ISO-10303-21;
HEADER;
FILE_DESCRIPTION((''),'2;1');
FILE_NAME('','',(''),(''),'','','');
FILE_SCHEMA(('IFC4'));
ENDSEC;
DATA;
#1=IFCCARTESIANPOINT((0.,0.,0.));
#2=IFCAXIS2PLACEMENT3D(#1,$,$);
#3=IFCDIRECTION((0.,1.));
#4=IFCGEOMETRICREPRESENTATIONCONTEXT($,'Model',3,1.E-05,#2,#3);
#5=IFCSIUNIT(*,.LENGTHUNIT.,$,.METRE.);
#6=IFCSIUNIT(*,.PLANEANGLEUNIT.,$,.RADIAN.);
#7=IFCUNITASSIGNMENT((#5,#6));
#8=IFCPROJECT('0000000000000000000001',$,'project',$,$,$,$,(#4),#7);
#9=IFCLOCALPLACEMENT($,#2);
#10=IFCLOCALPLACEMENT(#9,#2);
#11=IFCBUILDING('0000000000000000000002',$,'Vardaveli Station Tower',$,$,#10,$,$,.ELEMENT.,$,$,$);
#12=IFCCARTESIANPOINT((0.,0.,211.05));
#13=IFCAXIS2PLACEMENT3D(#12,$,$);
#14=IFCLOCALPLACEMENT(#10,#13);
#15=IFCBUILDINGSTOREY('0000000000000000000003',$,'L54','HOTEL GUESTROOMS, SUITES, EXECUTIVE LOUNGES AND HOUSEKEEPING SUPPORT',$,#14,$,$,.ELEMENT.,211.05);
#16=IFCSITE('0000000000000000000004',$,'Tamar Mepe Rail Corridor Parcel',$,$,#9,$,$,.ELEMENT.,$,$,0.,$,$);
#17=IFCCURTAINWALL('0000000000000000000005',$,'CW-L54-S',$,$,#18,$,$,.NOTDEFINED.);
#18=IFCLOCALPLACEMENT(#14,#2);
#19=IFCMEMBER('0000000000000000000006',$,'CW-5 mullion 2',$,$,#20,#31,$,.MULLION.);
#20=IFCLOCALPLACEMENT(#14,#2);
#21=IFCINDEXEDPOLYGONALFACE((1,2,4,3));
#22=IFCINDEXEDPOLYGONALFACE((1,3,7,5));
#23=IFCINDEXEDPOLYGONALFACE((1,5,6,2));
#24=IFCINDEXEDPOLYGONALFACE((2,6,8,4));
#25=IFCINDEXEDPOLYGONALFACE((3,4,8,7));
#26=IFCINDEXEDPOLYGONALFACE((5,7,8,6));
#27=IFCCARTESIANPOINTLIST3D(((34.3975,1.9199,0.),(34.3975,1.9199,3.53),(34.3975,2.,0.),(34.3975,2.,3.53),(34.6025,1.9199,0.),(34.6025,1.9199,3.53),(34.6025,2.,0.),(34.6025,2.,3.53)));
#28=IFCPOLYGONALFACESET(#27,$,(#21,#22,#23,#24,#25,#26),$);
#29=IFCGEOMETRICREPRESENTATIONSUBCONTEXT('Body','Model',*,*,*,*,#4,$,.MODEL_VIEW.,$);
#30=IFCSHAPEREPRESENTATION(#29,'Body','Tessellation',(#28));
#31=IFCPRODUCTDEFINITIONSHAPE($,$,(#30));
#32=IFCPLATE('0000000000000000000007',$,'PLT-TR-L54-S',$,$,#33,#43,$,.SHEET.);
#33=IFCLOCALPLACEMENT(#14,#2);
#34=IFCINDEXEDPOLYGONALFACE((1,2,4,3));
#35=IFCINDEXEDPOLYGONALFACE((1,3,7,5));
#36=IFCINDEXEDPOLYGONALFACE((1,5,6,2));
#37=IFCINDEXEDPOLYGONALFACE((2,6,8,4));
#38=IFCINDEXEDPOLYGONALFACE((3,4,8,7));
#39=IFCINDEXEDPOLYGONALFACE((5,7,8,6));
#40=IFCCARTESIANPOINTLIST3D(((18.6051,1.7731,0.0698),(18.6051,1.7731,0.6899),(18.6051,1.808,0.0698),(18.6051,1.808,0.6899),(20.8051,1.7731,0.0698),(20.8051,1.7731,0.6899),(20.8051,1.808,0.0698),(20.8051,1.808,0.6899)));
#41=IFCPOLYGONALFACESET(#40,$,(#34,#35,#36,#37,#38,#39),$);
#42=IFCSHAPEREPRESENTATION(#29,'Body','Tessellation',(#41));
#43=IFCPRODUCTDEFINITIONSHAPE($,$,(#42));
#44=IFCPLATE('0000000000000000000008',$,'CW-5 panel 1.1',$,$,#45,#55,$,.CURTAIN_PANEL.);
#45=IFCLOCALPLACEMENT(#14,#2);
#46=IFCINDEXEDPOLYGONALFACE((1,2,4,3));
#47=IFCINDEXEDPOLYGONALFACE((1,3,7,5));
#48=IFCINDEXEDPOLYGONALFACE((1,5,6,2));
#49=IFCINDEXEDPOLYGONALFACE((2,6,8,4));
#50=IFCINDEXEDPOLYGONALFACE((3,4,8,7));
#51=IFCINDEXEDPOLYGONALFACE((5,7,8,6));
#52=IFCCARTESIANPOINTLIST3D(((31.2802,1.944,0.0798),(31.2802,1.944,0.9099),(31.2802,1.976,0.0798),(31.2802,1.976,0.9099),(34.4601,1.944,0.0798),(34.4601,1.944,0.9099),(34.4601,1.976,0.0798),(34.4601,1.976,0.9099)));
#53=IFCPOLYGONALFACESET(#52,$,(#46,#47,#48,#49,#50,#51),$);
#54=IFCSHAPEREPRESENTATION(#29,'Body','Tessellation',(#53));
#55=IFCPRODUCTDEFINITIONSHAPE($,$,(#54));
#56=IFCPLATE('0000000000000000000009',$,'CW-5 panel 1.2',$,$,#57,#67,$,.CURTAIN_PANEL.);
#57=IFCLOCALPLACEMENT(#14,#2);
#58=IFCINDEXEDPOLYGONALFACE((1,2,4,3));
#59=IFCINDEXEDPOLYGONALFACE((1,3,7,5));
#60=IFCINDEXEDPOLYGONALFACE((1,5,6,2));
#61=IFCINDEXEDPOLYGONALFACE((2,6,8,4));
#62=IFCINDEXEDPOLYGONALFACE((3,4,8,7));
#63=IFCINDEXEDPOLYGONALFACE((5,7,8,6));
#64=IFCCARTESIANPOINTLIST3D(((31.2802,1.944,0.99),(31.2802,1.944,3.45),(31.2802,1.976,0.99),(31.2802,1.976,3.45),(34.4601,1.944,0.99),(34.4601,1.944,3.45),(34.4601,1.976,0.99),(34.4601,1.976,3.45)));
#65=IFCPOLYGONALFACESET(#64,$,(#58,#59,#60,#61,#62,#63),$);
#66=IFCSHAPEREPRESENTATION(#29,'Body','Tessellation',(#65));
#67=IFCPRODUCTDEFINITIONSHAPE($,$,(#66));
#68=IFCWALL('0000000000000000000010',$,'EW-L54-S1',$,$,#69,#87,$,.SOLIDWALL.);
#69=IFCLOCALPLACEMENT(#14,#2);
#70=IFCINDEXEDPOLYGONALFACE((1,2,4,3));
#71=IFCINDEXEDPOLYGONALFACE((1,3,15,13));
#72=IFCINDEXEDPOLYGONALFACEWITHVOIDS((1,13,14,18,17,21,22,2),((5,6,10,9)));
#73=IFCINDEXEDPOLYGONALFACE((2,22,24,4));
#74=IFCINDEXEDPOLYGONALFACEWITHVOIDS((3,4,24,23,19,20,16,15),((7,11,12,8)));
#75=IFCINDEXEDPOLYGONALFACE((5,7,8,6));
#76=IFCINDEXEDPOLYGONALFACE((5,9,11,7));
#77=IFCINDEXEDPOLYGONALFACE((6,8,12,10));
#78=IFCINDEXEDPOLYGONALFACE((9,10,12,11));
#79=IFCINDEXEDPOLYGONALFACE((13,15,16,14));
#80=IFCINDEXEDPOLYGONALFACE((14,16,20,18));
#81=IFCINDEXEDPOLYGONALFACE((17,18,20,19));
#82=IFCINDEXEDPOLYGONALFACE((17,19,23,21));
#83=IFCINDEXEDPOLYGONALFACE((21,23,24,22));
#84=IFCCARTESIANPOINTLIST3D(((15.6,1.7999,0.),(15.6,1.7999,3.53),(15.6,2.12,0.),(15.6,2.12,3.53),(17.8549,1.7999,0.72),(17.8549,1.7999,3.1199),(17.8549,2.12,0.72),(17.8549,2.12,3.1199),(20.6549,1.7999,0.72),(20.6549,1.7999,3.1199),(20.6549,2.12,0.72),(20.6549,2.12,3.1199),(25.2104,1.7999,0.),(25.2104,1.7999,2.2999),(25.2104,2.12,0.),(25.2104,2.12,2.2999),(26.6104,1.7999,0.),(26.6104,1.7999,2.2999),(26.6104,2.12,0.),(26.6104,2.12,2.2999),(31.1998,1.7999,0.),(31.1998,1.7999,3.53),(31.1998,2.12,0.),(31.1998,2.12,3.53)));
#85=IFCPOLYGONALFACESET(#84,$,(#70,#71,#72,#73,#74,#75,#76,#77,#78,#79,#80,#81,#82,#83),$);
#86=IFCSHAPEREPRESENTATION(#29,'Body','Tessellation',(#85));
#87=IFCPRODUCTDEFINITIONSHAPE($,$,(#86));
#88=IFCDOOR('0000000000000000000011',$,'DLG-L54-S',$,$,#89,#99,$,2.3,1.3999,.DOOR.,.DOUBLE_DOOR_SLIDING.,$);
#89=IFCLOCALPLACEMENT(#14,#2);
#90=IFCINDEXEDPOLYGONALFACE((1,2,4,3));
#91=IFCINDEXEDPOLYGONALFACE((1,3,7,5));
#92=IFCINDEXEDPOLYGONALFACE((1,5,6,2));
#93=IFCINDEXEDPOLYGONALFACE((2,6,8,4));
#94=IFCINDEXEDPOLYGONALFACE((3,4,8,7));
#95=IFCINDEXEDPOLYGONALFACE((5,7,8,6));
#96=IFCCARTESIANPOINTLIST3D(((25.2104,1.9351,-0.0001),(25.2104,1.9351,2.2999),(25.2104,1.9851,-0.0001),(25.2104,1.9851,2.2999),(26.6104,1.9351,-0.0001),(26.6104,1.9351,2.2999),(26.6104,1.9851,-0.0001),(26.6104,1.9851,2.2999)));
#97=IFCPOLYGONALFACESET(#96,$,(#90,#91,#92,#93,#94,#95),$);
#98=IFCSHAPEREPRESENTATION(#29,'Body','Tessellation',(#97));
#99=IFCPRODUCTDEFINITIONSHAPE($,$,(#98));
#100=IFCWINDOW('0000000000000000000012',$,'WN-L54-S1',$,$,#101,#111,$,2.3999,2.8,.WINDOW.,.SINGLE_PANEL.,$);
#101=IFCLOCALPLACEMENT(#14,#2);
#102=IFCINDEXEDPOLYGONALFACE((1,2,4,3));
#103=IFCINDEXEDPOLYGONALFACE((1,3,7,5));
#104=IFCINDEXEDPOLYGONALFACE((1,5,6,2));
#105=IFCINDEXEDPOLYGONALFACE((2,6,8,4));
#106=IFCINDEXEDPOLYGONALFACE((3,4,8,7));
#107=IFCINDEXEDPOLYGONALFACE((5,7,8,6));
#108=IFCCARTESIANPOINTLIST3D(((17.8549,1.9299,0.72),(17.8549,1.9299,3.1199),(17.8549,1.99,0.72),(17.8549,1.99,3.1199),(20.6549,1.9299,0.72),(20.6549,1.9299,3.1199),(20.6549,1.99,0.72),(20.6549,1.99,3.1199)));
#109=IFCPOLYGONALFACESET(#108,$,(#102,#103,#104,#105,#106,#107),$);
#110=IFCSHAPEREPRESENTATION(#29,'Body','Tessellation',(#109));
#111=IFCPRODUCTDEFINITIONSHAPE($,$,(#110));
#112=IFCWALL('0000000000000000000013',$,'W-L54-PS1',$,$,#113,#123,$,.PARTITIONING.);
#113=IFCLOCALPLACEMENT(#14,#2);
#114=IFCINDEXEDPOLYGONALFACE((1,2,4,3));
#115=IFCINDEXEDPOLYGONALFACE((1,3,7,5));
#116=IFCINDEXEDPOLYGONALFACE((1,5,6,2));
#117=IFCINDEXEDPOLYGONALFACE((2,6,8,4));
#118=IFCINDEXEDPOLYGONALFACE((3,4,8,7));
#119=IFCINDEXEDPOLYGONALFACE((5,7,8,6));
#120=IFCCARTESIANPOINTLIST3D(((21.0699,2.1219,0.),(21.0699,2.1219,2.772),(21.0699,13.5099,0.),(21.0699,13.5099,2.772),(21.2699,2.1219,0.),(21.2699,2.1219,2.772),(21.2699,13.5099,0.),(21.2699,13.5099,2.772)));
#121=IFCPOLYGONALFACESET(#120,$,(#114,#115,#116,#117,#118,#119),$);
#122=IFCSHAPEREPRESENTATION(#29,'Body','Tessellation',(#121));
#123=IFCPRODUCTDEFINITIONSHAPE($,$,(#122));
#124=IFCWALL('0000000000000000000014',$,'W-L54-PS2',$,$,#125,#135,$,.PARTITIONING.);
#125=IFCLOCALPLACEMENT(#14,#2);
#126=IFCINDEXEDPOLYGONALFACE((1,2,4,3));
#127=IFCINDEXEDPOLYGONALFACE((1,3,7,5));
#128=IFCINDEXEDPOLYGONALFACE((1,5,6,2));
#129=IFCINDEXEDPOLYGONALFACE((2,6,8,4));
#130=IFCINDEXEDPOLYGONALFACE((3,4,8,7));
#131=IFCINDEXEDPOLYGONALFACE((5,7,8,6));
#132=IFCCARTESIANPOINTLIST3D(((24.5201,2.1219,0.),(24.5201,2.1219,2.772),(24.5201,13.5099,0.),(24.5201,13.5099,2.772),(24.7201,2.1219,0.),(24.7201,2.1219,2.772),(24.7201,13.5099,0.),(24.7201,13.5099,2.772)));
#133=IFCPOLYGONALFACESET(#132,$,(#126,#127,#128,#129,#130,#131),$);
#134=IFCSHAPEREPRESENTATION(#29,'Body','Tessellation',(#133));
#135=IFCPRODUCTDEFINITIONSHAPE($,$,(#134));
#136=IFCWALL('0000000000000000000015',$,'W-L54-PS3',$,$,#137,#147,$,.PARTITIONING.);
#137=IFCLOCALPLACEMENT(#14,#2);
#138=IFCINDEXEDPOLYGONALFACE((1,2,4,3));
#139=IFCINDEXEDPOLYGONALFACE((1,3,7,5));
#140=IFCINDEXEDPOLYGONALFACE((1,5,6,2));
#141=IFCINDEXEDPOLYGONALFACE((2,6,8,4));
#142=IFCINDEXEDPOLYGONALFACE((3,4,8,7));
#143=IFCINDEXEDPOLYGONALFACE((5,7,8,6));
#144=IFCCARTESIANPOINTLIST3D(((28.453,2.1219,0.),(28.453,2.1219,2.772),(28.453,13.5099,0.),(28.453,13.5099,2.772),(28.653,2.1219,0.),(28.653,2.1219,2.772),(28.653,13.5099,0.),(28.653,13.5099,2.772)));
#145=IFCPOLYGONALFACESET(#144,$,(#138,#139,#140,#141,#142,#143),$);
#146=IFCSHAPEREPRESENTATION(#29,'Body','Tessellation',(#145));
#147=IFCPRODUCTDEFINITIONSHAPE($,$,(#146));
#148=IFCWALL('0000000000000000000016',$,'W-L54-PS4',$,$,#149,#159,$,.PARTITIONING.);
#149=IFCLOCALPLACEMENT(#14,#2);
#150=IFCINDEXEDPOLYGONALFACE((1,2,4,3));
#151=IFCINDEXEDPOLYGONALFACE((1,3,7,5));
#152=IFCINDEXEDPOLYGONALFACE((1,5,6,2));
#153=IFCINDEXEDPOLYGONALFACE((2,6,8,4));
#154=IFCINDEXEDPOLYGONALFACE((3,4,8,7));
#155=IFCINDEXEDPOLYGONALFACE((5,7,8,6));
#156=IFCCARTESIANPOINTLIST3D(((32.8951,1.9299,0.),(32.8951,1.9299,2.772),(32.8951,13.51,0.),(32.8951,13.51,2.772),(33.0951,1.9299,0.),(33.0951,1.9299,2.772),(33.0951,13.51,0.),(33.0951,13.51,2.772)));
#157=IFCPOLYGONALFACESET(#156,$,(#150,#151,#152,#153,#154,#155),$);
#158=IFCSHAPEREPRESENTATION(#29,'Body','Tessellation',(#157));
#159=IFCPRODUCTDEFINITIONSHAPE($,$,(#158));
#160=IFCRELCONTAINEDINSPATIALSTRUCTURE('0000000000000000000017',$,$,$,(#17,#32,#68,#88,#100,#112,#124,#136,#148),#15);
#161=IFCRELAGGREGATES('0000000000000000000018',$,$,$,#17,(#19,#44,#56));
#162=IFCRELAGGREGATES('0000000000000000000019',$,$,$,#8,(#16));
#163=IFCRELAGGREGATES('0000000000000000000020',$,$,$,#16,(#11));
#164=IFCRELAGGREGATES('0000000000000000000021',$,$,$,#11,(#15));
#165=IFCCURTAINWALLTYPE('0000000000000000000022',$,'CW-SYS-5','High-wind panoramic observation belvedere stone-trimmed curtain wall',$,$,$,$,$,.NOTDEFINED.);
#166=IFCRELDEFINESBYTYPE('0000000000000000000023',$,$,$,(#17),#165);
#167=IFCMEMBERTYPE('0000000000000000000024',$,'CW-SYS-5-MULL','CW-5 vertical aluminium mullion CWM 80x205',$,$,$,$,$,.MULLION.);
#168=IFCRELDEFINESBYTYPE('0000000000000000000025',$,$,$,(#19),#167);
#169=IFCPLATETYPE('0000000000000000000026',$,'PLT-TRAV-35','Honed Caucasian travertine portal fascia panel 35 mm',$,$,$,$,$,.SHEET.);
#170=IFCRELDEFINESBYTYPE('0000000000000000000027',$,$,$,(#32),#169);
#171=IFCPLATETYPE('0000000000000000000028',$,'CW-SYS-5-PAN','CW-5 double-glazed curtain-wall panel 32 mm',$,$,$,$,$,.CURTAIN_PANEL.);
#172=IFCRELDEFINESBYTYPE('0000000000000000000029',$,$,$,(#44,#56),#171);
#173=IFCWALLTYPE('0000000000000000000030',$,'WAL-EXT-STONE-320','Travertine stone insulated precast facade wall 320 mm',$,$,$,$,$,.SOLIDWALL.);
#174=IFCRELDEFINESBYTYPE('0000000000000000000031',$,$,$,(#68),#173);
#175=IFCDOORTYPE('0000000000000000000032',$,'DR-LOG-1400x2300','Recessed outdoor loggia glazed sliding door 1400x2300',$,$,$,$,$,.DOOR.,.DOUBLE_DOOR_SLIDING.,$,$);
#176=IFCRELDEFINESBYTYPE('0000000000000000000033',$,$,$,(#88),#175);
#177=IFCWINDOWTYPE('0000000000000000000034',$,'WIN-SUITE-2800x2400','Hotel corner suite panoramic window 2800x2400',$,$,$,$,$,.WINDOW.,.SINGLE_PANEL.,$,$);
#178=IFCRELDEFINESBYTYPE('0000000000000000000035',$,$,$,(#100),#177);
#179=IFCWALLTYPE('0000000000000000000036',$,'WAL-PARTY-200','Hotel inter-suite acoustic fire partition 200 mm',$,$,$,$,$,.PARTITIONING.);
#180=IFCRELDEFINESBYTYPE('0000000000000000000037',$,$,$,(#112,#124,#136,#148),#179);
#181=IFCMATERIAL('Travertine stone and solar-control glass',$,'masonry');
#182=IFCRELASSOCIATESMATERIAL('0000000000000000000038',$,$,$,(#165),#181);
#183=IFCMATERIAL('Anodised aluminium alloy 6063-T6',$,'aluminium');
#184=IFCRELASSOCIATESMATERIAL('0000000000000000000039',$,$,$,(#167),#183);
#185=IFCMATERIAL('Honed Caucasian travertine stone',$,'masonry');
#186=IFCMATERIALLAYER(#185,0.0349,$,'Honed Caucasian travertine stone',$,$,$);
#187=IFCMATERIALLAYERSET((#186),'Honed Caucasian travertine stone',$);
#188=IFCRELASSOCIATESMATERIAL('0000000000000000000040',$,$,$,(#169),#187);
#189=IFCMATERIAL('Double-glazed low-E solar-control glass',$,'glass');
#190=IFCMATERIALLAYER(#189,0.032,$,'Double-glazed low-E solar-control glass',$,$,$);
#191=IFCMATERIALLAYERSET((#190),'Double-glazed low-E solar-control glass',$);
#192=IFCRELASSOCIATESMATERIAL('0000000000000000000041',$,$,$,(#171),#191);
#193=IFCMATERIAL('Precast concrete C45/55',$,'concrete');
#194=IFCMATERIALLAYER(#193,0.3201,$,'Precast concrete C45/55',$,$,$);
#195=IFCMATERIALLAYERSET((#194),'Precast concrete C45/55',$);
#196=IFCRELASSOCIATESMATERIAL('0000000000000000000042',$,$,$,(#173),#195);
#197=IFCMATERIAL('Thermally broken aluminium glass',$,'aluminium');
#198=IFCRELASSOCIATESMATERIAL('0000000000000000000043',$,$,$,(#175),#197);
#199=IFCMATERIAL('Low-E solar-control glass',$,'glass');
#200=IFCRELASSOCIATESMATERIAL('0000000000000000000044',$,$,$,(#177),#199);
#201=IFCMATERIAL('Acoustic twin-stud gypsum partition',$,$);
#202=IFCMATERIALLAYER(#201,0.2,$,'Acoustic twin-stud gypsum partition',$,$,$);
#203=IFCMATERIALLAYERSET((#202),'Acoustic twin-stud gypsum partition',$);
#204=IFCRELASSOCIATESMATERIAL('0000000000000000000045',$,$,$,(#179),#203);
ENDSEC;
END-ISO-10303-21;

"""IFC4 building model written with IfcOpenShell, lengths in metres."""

from ifc_helpers import new_model, si_unit, direction, frame, frame_2d, origin, origin_2d, place, context, subcontext, project, spatial, rectangle, extrude, source, transform, mapped, material, layer, layer_set, material_profile, profile_set, type_object, element, fill, aggregate, save


model = new_model("IFC4")

# Units and contexts
model_context = context("Model", 3, precision=1e-05, world=origin(), true_north=direction((0.0, 1.0)))
body_context = subcontext(model_context, "Body", "Model", "MODEL_VIEW")
ifc_project = project(units=[si_unit("LENGTHUNIT", "METRE"), si_unit("PLANEANGLEUNIT", "RADIAN")], contexts=[model_context])

# Site, building, storey
site_placement = place(None, origin())
site = spatial("IfcSite", under=ifc_project, at=site_placement, Name="Tamar Mepe Rail Corridor Parcel", CompositionType="ELEMENT", RefElevation=0.0)
building_placement = place(site_placement, origin())
building = spatial("IfcBuilding", under=site, at=building_placement, Name="Vardaveli Station Tower", CompositionType="ELEMENT")
storey_placement = place(building_placement, frame((0.0, 0.0, 211.05)))
storey = spatial("IfcBuildingStorey", under=building, at=storey_placement, Name="L54", Description="HOTEL GUESTROOMS, SUITES, EXECUTIVE LOUNGES AND HOUSEKEEPING SUPPORT", CompositionType="ELEMENT", Elevation=211.05)

# Shared definitions
ifc_material_1 = material(Name="Precast concrete C45/55", Category="concrete")

# Curtain wall, member
ifc_material_2 = material(Name="Travertine stone and solar-control glass", Category="masonry")
curtain_wall_type = type_object("IfcCurtainWallType", Name="CW-SYS-5", Description="High-wind panoramic observation belvedere stone-trimmed curtain wall", PredefinedType="NOTDEFINED", material=ifc_material_2)
curtain_wall_placement = place(storey_placement, origin())
curtain_wall = element("IfcCurtainWall", 1, at=curtain_wall_placement, inside=storey, type_object=curtain_wall_type, Name="CW-L54-S", PredefinedType="NOTDEFINED")
ifc_material_3 = material(Name="Anodised aluminium alloy 6063-T6", Category="aluminium")
ifc_material_profile_1 = material_profile(ifc_material_3, rectangle(XDim=0.0801, YDim=0.2051, at=origin_2d()), Name="CWM 80x205")
ifc_profile_set_1 = profile_set([ifc_material_profile_1], Name="Anodised aluminium alloy 6063-T6")
member_type_1 = type_object("IfcMemberType", Name="CW-SYS-5-MULL", Description="CW-5 vertical aluminium mullion CWM 80x205", PredefinedType="MULLION", material=ifc_profile_set_1)
shared_shape_1 = source(origin(), body_context, "Body", "SweptSolid", [
    extrude(rectangle(XDim=0.0801, YDim=0.2051, at=origin_2d()), origin(), (0.0, 0.0, 1.0), 3.53),
])
member_1_placement = place(storey_placement, frame((34.5, 1.96, 0.0), z_axis=(0.0, 0.0, 1.0), x_axis=(0.0, 1.0, 0.0)))
member_1 = element("IfcMember", 2, at=member_1_placement, type_object=member_type_1, Name="CW-5 mullion 2", PredefinedType="MULLION", context=body_context, shape_type="MappedRepresentation", body=[
    mapped(shared_shape_1, transform((0.0, 0.0, 0.0), scale=1.0)),
])

# Plates
ifc_material_4 = material(Name="Honed Caucasian travertine stone", Category="masonry")
ifc_layer_1 = layer(ifc_material_4, 0.0349, Name="Honed Caucasian travertine stone")
ifc_layer_set_1 = layer_set([ifc_layer_1], Name="Honed Caucasian travertine stone")
plate_type_1 = type_object("IfcPlateType", Name="PLT-TRAV-35", Description="Honed Caucasian travertine portal fascia panel 35 mm", PredefinedType="SHEET", material=ifc_layer_set_1)
shared_shape_2 = source(origin(), body_context, "Body", "SweptSolid", [
    extrude(rectangle(XDim=2.2, YDim=0.0349, at=origin_2d()), origin(), (0.0, 0.0, 1.0), 0.6201),
])
plate_1_placement = place(storey_placement, frame((19.7051, 1.7905, 0.0698), z_axis=(0.0, 0.0, 1.0), x_axis=(1.0, 0.0, 0.0)))
element("IfcPlate", 3, at=plate_1_placement, inside=storey, type_object=plate_type_1, Name="PLT-TR-L54-S", PredefinedType="SHEET", context=body_context, shape_type="MappedRepresentation", body=[
    mapped(shared_shape_2, transform((0.0, 0.0, 0.0), scale=1.0)),
])
ifc_material_5 = material(Name="Double-glazed low-E solar-control glass", Category="glass")
ifc_layer_2 = layer(ifc_material_5, 0.032, Name="Double-glazed low-E solar-control glass")
ifc_layer_set_2 = layer_set([ifc_layer_2], Name="Double-glazed low-E solar-control glass")
plate_type_2 = type_object("IfcPlateType", Name="CW-SYS-5-PAN", Description="CW-5 double-glazed curtain-wall panel 32 mm", PredefinedType="CURTAIN_PANEL", material=ifc_layer_set_2)
shared_shape_3 = source(origin(), body_context, "Body", "SweptSolid", [
    extrude(rectangle(XDim=3.1799, YDim=0.032, at=origin_2d()), origin(), (0.0, 0.0, 1.0), 0.8301),
])
plate_2_placement = place(storey_placement, frame((32.8701, 1.96, 0.0798), z_axis=(0.0, 0.0, 1.0), x_axis=(1.0, 0.0, 0.0)))
plate_2 = element("IfcPlate", 4, at=plate_2_placement, type_object=plate_type_2, Name="CW-5 panel 1.1", PredefinedType="CURTAIN_PANEL", context=body_context, shape_type="MappedRepresentation", body=[
    mapped(shared_shape_3, transform((0.0, 0.0, 0.0), scale=1.0)),
])
shared_shape_4 = source(origin(), body_context, "Body", "SweptSolid", [
    extrude(rectangle(XDim=3.1799, YDim=0.032, at=origin_2d()), origin(), (0.0, 0.0, 1.0), 2.46),
])
plate_3_placement = place(storey_placement, frame((32.8701, 1.96, 0.99), z_axis=(0.0, 0.0, 1.0), x_axis=(1.0, 0.0, 0.0)))
plate_3 = element("IfcPlate", 5, at=plate_3_placement, type_object=plate_type_2, Name="CW-5 panel 1.2", PredefinedType="CURTAIN_PANEL", context=body_context, shape_type="MappedRepresentation", body=[
    mapped(shared_shape_4, transform((0.0, 0.0, 0.0), scale=1.0)),
])
aggregate(curtain_wall, [member_1, plate_2, plate_3])

# Wall, openings, door, window
ifc_layer_3 = layer(ifc_material_1, 0.3201, Name="Precast concrete C45/55")
ifc_layer_set_3 = layer_set([ifc_layer_3], Name="Precast concrete C45/55")
wall_type_1 = type_object("IfcWallType", Name="WAL-EXT-STONE-320", Description="Travertine stone insulated precast facade wall 320 mm", PredefinedType="SOLIDWALL", material=ifc_layer_set_3)
shared_shape_5 = source(origin(), body_context, "Body", "SweptSolid", [
    extrude(rectangle(XDim=15.5999, YDim=0.3201, at=frame_2d((7.7998, 0.0))), origin(), (0.0, 0.0, 1.0), 3.53),
])
wall_1_placement = place(storey_placement, frame((15.6001, 1.96, 0.0), z_axis=(0.0, 0.0, 1.0), x_axis=(1.0, 0.0, 0.0)))
wall_1 = element("IfcWall", 6, at=wall_1_placement, inside=storey, type_object=wall_type_1, Name="EW-L54-S1", PredefinedType="SOLIDWALL", context=body_context, shape_type="MappedRepresentation", body=[
    mapped(shared_shape_5, transform((0.0, 0.0, 0.0), scale=1.0)),
])
shared_shape_6 = source(origin(), body_context, "Body", "SweptSolid", [
    extrude(rectangle(XDim=1.3999, YDim=2.3, at=frame_2d((0.7, 1.1499))), frame((0.0, 0.1699, 0.0), z_axis=(0.0, -1.0, 0.0), x_axis=(1.0, 0.0, 0.0)), (0.0, 0.0, 1.0), 0.3401),
])
opening_1_placement = place(wall_1_placement, frame((9.6104, 0.0, 0.0)))
opening_1 = element("IfcOpeningElement", 7, at=opening_1_placement, cuts=wall_1, PredefinedType="OPENING", context=body_context, shape_type="MappedRepresentation", body=[
    mapped(shared_shape_6, transform((0.0, 0.0, 0.0), scale=1.0)),
])
shared_shape_7 = source(origin(), body_context, "Body", "SweptSolid", [
    extrude(rectangle(XDim=2.8, YDim=2.3999, at=frame_2d((1.3999, 1.2))), frame((0.0, 0.1699, 0.0), z_axis=(0.0, -1.0, 0.0), x_axis=(1.0, 0.0, 0.0)), (0.0, 0.0, 1.0), 0.3401),
])
opening_2_placement = place(wall_1_placement, frame((2.2549, 0.0, 0.72)))
opening_2 = element("IfcOpeningElement", 8, at=opening_2_placement, cuts=wall_1, PredefinedType="OPENING", context=body_context, shape_type="MappedRepresentation", body=[
    mapped(shared_shape_7, transform((0.0, 0.0, 0.0), scale=1.0)),
])
ifc_material_6 = material(Name="Thermally broken aluminium glass", Category="aluminium")
door_type = type_object("IfcDoorType", Name="DR-LOG-1400x2300", Description="Recessed outdoor loggia glazed sliding door 1400x2300", OperationType="DOUBLE_DOOR_SLIDING", PredefinedType="DOOR", material=ifc_material_6)
shared_shape_8 = source(origin(), body_context, "Body", "SweptSolid", [
    extrude(rectangle(XDim=1.3999, YDim=2.3, at=frame_2d((0.7, 1.1499))), frame((0.0, 0.0249, 0.0), z_axis=(0.0, -1.0, 0.0), x_axis=(1.0, 0.0, 0.0)), (0.0, 0.0, 1.0), 0.05),
])
door_placement = place(opening_1_placement, frame((1.3999, 0.0, 0.0), z_axis=(0.0, 0.0, 1.0), x_axis=(-1.0, 0.0, 0.0)))
door = element("IfcDoor", 9, at=door_placement, inside=storey, type_object=door_type, Name="DLG-L54-S", OperationType="DOUBLE_DOOR_SLIDING", OverallHeight=2.3, OverallWidth=1.3999, PredefinedType="DOOR", context=body_context, shape_type="MappedRepresentation", body=[
    mapped(shared_shape_8, transform((0.0, 0.0, 0.0), scale=1.0)),
])
fill(opening_1, door)
ifc_material_7 = material(Name="Low-E solar-control glass", Category="glass")
window_type = type_object("IfcWindowType", Name="WIN-SUITE-2800x2400", Description="Hotel corner suite panoramic window 2800x2400", PartitioningType="SINGLE_PANEL", PredefinedType="WINDOW", material=ifc_material_7)
shared_shape_9 = source(origin(), body_context, "Body", "SweptSolid", [
    extrude(rectangle(XDim=2.8, YDim=2.3999, at=frame_2d((1.3999, 1.2))), frame((0.0, 0.03, 0.0), z_axis=(0.0, -1.0, 0.0), x_axis=(1.0, 0.0, 0.0)), (0.0, 0.0, 1.0), 0.0601),
])
window_placement = place(opening_2_placement, origin())
window = element("IfcWindow", 10, at=window_placement, inside=storey, type_object=window_type, Name="WN-L54-S1", OverallHeight=2.3999, OverallWidth=2.8, PartitioningType="SINGLE_PANEL", PredefinedType="WINDOW", context=body_context, shape_type="MappedRepresentation", body=[
    mapped(shared_shape_9, transform((0.0, 0.0, 0.0), scale=1.0)),
])
fill(opening_2, window)

# Walls
ifc_material_8 = material(Name="Acoustic twin-stud gypsum partition")
ifc_layer_4 = layer(ifc_material_8, 0.2, Name="Acoustic twin-stud gypsum partition")
ifc_layer_set_4 = layer_set([ifc_layer_4], Name="Acoustic twin-stud gypsum partition")
wall_type_2 = type_object("IfcWallType", Name="WAL-PARTY-200", Description="Hotel inter-suite acoustic fire partition 200 mm", PredefinedType="PARTITIONING", material=ifc_layer_set_4)
shared_shape_10 = source(origin(), body_context, "Body", "SweptSolid", [
    extrude(rectangle(XDim=11.3879, YDim=0.2, at=frame_2d((5.6938, 0.0))), origin(), (0.0, 0.0, 1.0), 2.772),
])
for number, where, z_axis, x_axis, name in (
    (11, (21.1699, 2.1221, 0.0), (0.0, 0.0, 1.0), (0.0, 1.0, 0.0), "W-L54-PS1"),
    (12, (24.6201, 2.1221, 0.0), (0.0, 0.0, 1.0), (0.0, 1.0, 0.0), "W-L54-PS2"),
    (13, (28.553, 2.1221, 0.0), (0.0, 0.0, 1.0), (0.0, 1.0, 0.0), "W-L54-PS3"),
):
    element("IfcWall", number, at=place(storey_placement, frame(where, z_axis=z_axis, x_axis=x_axis)), inside=storey, type_object=wall_type_2, Name=name, PredefinedType="PARTITIONING", context=body_context, shape_type="MappedRepresentation", body=[
        mapped(shared_shape_10, transform((0.0, 0.0, 0.0), scale=1.0)),
    ])
shared_shape_11 = source(origin(), body_context, "Body", "SweptSolid", [
    extrude(rectangle(XDim=11.5801, YDim=0.2, at=frame_2d((5.79, 0.0))), origin(), (0.0, 0.0, 1.0), 2.772),
])
wall_2_placement = place(storey_placement, frame((32.9951, 1.9299, 0.0), z_axis=(0.0, 0.0, 1.0), x_axis=(0.0, 1.0, 0.0)))
element("IfcWall", 14, at=wall_2_placement, inside=storey, type_object=wall_type_2, Name="W-L54-PS4", PredefinedType="PARTITIONING", context=body_context, shape_type="MappedRepresentation", body=[
    mapped(shared_shape_11, transform((0.0, 0.0, 0.0), scale=1.0)),
])

save(model, "model.ifc")
